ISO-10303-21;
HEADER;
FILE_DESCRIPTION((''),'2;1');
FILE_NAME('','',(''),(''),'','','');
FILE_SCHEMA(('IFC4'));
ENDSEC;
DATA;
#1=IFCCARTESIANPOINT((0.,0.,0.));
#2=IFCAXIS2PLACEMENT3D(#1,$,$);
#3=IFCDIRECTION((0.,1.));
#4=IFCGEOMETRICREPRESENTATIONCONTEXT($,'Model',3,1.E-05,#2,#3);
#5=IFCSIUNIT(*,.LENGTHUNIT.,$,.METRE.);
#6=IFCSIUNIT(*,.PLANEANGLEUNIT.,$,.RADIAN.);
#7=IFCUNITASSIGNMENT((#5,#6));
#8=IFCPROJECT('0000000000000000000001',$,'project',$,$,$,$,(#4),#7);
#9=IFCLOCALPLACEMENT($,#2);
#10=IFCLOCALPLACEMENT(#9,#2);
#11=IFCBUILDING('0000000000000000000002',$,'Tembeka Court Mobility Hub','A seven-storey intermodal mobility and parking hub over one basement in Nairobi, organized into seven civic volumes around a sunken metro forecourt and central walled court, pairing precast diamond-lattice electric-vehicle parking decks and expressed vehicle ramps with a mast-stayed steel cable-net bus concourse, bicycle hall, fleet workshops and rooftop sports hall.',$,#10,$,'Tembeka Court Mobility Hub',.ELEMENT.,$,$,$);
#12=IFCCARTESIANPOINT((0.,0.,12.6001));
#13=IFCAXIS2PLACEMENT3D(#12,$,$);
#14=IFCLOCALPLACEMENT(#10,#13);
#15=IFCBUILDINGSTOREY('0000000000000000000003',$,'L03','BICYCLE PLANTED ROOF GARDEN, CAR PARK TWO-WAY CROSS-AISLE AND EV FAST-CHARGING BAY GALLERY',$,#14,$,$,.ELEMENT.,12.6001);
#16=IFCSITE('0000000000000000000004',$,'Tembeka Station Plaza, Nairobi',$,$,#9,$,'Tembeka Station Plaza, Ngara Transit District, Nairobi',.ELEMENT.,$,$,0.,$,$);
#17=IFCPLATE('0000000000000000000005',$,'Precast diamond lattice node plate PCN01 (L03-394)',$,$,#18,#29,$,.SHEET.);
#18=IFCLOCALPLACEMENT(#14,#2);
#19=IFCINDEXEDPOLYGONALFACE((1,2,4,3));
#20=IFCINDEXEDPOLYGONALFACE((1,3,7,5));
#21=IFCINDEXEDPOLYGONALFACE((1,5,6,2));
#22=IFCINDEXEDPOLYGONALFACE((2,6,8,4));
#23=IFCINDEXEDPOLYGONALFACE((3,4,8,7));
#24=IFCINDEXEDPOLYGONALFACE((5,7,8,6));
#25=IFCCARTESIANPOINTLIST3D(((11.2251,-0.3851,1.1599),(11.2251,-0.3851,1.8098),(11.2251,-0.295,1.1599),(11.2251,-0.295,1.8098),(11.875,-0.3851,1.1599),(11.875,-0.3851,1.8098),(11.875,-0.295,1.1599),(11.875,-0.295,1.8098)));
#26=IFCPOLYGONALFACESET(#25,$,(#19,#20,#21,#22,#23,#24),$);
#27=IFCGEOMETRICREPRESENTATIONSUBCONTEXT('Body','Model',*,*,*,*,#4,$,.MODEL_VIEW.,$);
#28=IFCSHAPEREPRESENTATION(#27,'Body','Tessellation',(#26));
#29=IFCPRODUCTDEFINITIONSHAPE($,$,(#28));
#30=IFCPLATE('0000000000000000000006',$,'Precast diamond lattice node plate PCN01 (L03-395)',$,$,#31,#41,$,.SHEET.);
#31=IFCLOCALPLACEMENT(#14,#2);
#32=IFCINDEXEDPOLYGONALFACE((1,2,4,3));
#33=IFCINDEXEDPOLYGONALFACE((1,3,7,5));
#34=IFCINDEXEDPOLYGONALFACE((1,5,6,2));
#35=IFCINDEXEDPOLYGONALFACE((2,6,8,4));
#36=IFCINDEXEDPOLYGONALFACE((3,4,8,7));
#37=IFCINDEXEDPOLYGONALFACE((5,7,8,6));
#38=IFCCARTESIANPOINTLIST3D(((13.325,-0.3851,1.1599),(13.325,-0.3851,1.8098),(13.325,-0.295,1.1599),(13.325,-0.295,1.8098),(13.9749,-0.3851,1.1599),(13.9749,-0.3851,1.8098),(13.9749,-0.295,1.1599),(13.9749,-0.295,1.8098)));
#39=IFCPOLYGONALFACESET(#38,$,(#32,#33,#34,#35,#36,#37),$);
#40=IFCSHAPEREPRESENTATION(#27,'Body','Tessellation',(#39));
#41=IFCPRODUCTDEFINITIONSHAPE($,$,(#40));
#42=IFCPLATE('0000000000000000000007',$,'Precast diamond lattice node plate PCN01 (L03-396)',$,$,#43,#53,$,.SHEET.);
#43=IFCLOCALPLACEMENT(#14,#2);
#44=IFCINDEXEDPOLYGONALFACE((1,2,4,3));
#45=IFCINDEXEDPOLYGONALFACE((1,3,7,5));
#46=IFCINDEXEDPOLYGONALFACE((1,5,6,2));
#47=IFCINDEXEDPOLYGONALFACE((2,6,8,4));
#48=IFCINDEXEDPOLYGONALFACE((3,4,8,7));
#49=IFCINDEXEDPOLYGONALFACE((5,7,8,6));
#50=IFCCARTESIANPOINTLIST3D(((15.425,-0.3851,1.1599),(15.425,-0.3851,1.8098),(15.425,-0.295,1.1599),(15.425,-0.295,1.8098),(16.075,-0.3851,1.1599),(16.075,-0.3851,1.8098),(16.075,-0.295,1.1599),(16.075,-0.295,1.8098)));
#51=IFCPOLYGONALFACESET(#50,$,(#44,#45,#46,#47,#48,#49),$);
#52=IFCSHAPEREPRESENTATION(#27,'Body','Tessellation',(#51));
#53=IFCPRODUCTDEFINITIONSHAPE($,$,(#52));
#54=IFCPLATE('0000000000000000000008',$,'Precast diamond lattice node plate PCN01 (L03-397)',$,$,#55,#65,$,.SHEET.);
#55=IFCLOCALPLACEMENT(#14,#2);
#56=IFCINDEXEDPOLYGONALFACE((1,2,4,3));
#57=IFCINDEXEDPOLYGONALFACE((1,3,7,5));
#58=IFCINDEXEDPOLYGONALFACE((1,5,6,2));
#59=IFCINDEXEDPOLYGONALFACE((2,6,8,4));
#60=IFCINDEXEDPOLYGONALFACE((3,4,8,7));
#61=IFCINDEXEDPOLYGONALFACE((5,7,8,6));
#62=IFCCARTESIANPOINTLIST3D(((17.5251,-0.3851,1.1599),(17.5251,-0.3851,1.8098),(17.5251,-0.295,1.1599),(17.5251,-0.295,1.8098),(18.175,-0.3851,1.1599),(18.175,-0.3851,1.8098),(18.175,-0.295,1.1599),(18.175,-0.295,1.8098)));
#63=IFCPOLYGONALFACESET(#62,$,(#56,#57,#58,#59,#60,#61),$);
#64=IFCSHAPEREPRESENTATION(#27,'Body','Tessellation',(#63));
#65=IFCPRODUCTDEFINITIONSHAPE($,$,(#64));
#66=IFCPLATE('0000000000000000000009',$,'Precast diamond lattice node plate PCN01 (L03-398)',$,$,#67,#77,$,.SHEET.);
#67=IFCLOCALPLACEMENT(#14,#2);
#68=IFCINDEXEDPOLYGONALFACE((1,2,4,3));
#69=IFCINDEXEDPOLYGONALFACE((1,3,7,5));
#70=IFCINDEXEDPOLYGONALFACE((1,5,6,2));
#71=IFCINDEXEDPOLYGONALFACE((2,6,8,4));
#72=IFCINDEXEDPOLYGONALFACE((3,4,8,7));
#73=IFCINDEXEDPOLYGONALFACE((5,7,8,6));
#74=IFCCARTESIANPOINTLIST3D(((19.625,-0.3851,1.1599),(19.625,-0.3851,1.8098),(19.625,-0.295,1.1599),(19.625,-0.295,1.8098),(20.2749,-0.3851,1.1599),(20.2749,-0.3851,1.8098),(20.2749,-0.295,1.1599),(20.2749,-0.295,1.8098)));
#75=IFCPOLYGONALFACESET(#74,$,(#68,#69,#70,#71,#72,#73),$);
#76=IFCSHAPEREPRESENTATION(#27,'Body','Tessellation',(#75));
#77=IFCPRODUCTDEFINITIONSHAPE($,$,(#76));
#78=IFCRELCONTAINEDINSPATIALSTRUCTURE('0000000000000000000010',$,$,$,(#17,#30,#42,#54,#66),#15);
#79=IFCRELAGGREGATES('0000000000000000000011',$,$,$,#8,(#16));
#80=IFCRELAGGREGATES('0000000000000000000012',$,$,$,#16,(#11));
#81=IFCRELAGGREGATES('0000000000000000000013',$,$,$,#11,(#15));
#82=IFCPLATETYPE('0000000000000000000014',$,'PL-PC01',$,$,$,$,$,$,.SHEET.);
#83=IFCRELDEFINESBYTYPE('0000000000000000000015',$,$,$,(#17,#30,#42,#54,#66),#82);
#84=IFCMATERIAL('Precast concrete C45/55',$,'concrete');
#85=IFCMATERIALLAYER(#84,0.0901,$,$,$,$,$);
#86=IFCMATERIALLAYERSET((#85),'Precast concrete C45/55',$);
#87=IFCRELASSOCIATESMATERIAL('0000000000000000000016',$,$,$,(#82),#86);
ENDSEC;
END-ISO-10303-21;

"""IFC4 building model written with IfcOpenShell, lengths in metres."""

from ifc_helpers import new_model, si_unit, direction, frame, origin, origin_2d, place, context, subcontext, project, spatial, rectangle, extrude, material, layer, layer_set, type_object, element, save


model = new_model("IFC4")

# Units and contexts
model_context = context("Model", 3, precision=1e-05, world=origin(), true_north=direction((0.0, 1.0)))
body_context = subcontext(model_context, "Body", "Model", "MODEL_VIEW")
ifc_project = project(units=[si_unit("LENGTHUNIT", "METRE"), si_unit("PLANEANGLEUNIT", "RADIAN")], contexts=[model_context])

# Site, building, storey
site_placement = place(None, origin())
site = spatial("IfcSite", under=ifc_project, at=site_placement, Name="Tembeka Station Plaza, Nairobi", LongName="Tembeka Station Plaza, Ngara Transit District, Nairobi", CompositionType="ELEMENT", RefElevation=0.0)
building_placement = place(site_placement, origin())
building = spatial("IfcBuilding", under=site, at=building_placement, Name="Tembeka Court Mobility Hub", Description="A seven-storey intermodal mobility and parking hub over one basement in Nairobi, organized into seven civic volumes around a sunken metro forecourt and central walled court, pairing precast diamond-lattice electric-vehicle parking decks and expressed vehicle ramps with a mast-stayed steel cable-net bus concourse, bicycle hall, fleet workshops and rooftop sports hall.", LongName="Tembeka Court Mobility Hub", CompositionType="ELEMENT")
storey_placement = place(building_placement, frame((0.0, 0.0, 12.6001)))
storey = spatial("IfcBuildingStorey", under=building, at=storey_placement, Name="L03", Description="BICYCLE PLANTED ROOF GARDEN, CAR PARK TWO-WAY CROSS-AISLE AND EV FAST-CHARGING BAY GALLERY", CompositionType="ELEMENT", Elevation=12.6001)

# Shared definitions
ifc_material = material(Name="Precast concrete C45/55", Category="concrete")

# Plates
ifc_layer = layer(ifc_material, 0.0901)
ifc_layer_set = layer_set([ifc_layer], Name="Precast concrete C45/55")
plate_type = type_object("IfcPlateType", Name="PL-PC01", PredefinedType="SHEET", material=ifc_layer_set)
for number, where, z_axis, x_axis, name in (
    (1, (11.55, -0.3401, 1.1599), (0.0, 0.0, 1.0), (1.0, 0.0, 0.0), "Precast diamond lattice node plate PCN01 (L03-394)"),
    (2, (13.6499, -0.3401, 1.1599), (0.0, 0.0, 1.0), (1.0, 0.0, 0.0), "Precast diamond lattice node plate PCN01 (L03-395)"),
    (3, (15.75, -0.3401, 1.1599), (0.0, 0.0, 1.0), (1.0, 0.0, 0.0), "Precast diamond lattice node plate PCN01 (L03-396)"),
    (4, (17.8501, -0.3401, 1.1599), (0.0, 0.0, 1.0), (1.0, 0.0, 0.0), "Precast diamond lattice node plate PCN01 (L03-397)"),
    (5, (19.95, -0.3401, 1.1599), (0.0, 0.0, 1.0), (1.0, 0.0, 0.0), "Precast diamond lattice node plate PCN01 (L03-398)"),
):
    element("IfcPlate", number, at=place(storey_placement, frame(where, z_axis=z_axis, x_axis=x_axis)), inside=storey, type_object=plate_type, Name=name, PredefinedType="SHEET", context=body_context, shape_type="SweptSolid", body=[
        extrude(rectangle(XDim=0.6499, YDim=0.0901, at=origin_2d()), origin(), (0.0, 0.0, 1.0), 0.6499),
    ])

save(model, "model.ifc")
